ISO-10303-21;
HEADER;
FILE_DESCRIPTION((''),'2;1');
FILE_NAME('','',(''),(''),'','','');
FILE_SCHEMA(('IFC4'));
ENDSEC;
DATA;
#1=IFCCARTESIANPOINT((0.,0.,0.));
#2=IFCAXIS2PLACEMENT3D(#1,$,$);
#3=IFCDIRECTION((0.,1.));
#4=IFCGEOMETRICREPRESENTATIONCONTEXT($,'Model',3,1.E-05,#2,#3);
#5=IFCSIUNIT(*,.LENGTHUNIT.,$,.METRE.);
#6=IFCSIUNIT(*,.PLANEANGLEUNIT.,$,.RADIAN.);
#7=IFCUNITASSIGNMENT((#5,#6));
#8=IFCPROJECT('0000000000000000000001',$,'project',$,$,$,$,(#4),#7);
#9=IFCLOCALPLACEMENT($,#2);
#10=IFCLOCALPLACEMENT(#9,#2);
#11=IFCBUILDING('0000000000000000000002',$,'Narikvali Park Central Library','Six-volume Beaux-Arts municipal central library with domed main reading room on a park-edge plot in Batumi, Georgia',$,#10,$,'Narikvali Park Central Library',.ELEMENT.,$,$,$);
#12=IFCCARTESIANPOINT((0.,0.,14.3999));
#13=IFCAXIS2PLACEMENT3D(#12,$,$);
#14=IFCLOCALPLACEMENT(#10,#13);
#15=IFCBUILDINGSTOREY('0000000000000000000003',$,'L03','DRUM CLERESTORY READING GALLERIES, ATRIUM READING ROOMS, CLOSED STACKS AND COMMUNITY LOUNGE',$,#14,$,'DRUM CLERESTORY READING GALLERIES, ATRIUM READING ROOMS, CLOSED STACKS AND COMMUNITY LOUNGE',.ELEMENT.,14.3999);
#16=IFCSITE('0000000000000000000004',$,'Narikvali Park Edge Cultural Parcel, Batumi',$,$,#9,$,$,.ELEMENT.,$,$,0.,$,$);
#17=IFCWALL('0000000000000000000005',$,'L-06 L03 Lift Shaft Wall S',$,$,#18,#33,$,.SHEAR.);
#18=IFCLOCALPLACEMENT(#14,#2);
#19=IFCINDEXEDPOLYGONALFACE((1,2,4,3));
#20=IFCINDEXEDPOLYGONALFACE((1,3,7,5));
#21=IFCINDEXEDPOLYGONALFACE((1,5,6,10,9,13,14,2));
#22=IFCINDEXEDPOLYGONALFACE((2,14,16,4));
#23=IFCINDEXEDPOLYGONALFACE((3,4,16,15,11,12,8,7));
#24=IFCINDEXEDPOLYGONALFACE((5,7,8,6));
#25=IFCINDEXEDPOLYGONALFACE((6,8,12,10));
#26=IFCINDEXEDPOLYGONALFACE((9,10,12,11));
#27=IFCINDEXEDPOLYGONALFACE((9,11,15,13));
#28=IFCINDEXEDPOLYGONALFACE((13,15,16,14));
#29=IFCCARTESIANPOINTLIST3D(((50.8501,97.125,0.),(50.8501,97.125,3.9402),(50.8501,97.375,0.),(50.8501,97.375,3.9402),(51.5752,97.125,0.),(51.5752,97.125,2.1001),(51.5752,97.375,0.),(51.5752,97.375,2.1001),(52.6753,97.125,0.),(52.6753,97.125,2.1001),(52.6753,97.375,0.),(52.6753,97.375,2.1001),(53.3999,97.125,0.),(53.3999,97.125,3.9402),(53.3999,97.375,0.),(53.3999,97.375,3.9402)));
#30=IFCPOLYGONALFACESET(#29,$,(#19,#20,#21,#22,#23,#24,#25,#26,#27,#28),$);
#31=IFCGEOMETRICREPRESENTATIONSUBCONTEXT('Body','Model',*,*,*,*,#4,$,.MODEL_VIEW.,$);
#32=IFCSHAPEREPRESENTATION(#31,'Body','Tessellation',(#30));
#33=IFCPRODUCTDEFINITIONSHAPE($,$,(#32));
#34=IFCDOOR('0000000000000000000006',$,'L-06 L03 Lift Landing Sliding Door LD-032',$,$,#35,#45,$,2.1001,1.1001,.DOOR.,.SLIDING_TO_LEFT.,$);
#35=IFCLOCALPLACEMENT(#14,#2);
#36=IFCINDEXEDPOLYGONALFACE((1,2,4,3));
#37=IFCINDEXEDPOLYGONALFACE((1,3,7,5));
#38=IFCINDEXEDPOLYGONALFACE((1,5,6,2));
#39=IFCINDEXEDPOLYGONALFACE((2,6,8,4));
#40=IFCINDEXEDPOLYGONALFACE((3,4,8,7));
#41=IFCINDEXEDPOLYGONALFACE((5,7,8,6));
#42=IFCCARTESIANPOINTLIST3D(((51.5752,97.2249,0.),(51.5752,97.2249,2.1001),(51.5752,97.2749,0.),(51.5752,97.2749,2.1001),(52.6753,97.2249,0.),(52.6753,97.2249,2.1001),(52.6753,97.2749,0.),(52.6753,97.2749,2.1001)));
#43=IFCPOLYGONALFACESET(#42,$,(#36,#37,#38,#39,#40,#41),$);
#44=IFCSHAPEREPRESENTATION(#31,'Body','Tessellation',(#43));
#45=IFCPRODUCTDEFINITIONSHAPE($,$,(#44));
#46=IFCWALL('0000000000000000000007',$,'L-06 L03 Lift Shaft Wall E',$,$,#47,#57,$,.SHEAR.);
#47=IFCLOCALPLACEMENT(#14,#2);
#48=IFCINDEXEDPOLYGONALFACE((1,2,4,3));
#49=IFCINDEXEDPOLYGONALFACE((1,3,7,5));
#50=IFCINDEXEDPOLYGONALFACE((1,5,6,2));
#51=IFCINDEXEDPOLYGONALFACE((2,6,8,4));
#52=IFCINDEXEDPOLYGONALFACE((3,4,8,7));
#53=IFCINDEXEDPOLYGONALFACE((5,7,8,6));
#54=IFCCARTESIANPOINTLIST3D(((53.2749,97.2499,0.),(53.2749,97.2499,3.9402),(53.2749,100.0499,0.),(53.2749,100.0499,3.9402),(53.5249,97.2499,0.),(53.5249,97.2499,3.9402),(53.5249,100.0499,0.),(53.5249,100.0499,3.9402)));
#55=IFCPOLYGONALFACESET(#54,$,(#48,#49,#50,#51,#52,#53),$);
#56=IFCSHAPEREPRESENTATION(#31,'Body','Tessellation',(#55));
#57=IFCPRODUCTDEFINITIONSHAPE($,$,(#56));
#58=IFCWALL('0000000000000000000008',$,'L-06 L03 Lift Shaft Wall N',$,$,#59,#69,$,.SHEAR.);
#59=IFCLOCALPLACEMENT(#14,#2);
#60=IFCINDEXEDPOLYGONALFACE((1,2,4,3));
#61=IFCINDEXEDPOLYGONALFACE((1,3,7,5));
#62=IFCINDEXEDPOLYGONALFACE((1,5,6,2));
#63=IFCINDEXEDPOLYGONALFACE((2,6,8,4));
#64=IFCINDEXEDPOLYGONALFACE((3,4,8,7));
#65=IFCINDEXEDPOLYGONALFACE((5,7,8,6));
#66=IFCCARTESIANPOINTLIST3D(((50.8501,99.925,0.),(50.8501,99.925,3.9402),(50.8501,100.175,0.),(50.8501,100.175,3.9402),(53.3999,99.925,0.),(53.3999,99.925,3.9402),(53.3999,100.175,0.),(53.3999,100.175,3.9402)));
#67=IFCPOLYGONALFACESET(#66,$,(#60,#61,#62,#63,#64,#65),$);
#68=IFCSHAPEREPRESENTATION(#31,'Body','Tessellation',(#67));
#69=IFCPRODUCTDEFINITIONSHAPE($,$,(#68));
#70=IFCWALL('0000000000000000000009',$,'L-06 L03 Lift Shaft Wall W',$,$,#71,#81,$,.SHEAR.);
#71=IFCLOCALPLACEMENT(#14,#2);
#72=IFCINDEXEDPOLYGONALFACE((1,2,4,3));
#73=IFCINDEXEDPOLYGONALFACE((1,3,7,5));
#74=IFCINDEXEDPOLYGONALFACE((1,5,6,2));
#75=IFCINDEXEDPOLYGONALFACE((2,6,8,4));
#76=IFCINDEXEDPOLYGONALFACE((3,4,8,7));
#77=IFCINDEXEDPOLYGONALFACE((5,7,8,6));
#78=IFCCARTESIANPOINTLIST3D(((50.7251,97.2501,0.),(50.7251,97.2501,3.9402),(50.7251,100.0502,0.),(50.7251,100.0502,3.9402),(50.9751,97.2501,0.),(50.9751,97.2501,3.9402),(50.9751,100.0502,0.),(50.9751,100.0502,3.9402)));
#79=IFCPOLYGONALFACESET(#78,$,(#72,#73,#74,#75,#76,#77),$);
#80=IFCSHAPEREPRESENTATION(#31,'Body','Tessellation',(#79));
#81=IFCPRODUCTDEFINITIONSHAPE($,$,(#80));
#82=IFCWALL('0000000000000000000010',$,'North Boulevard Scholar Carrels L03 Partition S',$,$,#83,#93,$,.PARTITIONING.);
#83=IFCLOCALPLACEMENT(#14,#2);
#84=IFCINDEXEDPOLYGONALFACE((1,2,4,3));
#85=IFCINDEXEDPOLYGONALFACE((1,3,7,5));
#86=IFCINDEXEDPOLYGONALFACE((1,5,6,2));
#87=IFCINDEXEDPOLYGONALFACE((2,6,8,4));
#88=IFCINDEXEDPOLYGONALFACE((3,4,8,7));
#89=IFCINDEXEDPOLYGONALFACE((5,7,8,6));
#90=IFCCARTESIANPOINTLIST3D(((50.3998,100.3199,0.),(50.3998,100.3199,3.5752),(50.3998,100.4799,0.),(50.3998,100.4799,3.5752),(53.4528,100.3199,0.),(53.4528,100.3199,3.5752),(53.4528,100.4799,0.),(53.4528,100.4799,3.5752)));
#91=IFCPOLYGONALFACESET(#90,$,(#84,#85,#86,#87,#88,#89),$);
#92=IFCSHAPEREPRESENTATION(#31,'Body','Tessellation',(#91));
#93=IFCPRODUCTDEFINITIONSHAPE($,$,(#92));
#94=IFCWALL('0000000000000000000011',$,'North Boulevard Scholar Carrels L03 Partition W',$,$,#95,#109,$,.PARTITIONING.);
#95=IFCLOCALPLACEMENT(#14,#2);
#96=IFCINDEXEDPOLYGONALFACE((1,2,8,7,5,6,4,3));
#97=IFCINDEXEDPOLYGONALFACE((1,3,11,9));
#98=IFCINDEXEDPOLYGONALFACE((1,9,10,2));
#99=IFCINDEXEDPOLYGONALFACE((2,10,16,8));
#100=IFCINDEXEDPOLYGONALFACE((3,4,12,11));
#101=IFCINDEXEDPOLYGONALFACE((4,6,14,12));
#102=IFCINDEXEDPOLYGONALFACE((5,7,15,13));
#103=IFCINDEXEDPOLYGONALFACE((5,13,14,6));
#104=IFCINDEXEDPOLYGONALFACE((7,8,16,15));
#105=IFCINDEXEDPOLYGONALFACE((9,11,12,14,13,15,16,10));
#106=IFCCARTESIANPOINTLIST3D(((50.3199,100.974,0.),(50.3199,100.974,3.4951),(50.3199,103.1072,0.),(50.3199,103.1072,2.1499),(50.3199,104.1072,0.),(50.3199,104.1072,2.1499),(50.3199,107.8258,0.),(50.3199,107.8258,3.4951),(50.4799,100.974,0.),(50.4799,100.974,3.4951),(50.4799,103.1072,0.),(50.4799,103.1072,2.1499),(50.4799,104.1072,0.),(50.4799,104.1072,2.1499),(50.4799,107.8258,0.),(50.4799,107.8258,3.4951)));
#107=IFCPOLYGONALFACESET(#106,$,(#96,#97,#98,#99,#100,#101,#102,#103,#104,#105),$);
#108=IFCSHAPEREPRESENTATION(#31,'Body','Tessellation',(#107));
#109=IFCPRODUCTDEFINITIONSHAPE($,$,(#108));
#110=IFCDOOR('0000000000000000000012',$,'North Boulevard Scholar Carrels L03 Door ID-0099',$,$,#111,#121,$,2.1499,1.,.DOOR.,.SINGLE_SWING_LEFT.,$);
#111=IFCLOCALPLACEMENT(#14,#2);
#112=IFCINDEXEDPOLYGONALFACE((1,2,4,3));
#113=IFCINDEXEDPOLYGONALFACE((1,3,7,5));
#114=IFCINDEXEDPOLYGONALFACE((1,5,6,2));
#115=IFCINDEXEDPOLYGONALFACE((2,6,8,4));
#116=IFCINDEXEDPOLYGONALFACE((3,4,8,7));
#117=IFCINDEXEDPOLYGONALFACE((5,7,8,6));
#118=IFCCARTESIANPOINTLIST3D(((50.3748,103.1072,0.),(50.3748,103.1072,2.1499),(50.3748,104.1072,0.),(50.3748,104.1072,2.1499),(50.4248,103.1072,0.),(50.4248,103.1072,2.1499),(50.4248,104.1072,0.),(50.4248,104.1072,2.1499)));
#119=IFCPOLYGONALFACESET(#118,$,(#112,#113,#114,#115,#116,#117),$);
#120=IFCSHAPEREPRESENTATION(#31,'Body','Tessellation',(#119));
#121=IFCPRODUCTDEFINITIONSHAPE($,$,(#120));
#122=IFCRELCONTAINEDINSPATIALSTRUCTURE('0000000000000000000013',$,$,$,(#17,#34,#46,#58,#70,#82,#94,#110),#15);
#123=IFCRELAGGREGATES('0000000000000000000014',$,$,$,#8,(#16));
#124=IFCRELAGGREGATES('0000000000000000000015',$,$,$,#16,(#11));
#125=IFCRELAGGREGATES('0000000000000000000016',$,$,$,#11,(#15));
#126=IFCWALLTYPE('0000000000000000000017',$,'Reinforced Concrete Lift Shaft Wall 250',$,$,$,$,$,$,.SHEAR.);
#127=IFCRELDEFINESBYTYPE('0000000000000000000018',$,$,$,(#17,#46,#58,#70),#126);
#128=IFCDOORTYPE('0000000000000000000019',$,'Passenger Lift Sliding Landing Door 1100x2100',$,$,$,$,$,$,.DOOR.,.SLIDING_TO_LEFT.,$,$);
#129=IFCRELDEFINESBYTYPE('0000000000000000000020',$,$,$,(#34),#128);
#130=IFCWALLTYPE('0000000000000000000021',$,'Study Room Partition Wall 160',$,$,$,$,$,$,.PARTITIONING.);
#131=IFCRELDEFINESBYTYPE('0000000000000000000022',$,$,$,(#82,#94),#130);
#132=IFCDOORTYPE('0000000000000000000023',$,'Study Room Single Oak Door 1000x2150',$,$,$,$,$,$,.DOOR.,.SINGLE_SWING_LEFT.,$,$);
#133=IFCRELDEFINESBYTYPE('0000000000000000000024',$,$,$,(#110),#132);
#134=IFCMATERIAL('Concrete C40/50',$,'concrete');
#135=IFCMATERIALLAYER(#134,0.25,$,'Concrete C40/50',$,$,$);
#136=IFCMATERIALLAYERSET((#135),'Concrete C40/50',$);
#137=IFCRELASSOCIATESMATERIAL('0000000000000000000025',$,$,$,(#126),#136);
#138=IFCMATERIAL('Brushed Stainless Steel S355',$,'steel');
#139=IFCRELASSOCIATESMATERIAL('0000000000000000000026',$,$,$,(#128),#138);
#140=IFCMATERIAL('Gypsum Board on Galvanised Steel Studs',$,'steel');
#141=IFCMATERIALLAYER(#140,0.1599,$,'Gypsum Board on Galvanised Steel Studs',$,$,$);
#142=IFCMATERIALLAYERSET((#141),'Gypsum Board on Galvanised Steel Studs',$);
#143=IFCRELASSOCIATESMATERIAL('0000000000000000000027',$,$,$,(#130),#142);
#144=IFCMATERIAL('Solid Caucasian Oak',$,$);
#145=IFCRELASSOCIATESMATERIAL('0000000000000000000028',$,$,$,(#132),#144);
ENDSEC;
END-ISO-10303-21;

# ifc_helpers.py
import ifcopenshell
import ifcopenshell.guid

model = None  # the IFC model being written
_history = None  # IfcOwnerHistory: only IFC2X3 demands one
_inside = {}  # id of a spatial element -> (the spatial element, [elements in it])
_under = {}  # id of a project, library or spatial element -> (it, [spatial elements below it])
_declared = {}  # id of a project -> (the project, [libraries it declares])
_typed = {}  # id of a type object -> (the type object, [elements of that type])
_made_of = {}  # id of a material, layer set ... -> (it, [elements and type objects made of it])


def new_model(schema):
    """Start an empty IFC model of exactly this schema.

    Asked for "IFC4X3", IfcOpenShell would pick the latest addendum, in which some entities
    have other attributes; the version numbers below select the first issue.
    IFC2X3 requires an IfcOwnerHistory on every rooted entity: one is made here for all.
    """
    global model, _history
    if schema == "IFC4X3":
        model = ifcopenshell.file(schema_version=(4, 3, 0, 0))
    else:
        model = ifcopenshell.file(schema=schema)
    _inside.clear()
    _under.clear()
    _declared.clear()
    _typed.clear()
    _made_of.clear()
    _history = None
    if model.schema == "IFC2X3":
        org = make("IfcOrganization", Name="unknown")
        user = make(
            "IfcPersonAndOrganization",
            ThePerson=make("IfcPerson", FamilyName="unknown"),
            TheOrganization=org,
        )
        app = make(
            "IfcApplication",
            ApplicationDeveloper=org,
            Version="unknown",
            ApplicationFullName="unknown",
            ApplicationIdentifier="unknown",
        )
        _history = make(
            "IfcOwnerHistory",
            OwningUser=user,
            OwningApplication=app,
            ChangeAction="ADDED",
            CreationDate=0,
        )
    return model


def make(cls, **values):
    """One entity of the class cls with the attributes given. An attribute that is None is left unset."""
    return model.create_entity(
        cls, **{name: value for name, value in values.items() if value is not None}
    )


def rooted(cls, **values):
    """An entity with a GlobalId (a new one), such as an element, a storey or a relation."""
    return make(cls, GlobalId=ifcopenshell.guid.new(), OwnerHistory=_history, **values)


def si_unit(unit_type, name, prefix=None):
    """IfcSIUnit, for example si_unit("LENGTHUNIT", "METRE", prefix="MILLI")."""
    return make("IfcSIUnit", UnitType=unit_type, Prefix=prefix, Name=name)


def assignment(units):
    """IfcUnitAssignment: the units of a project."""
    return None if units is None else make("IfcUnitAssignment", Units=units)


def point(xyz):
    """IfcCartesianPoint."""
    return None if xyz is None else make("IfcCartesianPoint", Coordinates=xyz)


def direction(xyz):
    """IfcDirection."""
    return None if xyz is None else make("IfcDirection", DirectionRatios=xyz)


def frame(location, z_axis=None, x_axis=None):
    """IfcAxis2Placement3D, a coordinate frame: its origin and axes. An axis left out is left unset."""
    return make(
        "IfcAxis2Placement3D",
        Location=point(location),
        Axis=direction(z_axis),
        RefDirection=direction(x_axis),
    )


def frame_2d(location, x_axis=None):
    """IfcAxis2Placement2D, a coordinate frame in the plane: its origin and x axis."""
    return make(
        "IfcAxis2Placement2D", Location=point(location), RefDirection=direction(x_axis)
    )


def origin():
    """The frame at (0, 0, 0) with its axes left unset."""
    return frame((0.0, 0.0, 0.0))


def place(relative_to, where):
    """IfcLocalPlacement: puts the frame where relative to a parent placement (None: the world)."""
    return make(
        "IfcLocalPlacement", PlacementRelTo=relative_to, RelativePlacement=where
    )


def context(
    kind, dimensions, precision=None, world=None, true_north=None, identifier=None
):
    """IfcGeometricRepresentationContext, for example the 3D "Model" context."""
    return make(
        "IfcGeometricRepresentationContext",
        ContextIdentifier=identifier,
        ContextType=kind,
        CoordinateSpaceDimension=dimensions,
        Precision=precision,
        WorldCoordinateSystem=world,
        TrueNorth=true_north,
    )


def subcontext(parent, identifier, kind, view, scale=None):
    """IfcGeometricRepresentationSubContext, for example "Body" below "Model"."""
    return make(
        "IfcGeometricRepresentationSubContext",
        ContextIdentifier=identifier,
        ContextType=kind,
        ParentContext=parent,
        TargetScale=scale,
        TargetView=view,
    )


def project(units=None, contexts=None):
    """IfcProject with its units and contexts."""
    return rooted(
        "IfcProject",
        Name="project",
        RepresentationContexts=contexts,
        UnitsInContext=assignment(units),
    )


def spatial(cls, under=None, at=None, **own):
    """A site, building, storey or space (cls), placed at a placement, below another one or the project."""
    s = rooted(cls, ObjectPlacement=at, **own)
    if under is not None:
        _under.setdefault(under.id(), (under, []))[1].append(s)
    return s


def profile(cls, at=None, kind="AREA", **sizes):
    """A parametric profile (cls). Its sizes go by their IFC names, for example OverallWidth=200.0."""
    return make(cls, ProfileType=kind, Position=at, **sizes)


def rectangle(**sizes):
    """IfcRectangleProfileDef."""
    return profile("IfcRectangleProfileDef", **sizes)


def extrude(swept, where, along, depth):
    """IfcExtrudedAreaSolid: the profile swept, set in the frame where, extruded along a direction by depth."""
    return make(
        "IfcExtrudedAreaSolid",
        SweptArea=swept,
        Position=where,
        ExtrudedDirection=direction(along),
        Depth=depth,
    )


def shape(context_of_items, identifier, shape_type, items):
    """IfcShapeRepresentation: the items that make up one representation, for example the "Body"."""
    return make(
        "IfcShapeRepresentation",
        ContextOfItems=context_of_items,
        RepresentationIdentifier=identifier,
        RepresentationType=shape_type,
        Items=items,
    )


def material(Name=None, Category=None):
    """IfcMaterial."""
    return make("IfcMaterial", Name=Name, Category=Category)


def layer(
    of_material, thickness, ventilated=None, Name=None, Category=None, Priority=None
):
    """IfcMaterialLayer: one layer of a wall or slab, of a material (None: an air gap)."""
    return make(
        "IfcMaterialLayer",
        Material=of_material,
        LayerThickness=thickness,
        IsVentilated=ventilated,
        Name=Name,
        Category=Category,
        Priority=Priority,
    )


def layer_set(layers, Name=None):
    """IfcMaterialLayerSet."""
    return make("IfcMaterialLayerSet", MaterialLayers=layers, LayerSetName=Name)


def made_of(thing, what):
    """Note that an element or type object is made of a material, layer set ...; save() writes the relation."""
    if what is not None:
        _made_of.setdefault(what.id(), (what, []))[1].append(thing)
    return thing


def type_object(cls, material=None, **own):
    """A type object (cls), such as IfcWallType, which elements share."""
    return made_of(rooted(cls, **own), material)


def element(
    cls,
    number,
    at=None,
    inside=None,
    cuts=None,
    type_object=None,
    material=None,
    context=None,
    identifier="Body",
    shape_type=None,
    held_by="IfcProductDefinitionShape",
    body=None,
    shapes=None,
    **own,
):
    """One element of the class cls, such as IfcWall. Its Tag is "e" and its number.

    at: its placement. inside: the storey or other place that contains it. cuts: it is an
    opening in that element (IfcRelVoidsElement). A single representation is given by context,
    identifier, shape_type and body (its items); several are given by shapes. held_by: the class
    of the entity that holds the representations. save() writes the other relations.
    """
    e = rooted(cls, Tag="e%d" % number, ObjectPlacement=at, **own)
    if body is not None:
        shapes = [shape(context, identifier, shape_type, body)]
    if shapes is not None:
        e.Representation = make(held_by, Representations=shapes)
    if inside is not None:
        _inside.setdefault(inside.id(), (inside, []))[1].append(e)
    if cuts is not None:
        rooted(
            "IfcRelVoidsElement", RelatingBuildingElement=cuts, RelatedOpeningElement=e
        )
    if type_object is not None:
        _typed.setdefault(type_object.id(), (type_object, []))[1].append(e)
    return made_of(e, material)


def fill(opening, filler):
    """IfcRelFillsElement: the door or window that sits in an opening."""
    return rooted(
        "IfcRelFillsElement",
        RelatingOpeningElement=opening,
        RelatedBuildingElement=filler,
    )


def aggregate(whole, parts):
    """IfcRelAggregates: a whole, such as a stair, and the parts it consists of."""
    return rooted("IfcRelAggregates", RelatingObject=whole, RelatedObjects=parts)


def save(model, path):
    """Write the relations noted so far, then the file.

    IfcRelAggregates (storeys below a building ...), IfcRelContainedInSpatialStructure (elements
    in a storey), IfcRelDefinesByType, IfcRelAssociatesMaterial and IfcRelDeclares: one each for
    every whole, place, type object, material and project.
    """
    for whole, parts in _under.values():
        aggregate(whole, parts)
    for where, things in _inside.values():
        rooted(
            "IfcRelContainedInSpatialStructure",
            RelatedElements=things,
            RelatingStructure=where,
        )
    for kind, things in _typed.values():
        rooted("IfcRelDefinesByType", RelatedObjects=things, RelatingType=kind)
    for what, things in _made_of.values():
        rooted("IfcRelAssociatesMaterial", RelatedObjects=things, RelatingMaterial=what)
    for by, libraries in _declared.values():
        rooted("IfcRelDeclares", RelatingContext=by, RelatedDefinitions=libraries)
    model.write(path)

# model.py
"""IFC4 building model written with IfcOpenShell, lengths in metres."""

from ifc_helpers import new_model, si_unit, direction, frame, frame_2d, origin, place, context, subcontext, project, spatial, rectangle, extrude, material, layer, layer_set, type_object, element, fill, save


model = new_model("IFC4")

# Units and contexts
model_context = context("Model", 3, precision=1e-05, world=origin(), true_north=direction((0.0, 1.0)))
body_context = subcontext(model_context, "Body", "Model", "MODEL_VIEW")
ifc_project = project(units=[si_unit("LENGTHUNIT", "METRE"), si_unit("PLANEANGLEUNIT", "RADIAN")], contexts=[model_context])

# Site, building, storey
site_placement = place(None, origin())
site = spatial("IfcSite", under=ifc_project, at=site_placement, Name="Narikvali Park Edge Cultural Parcel, Batumi", CompositionType="ELEMENT", RefElevation=0.0)
building_placement = place(site_placement, origin())
building = spatial("IfcBuilding", under=site, at=building_placement, Name="Narikvali Park Central Library", Description="Six-volume Beaux-Arts municipal central library with domed main reading room on a park-edge plot in Batumi, Georgia", LongName="Narikvali Park Central Library", CompositionType="ELEMENT")
storey_placement = place(building_placement, frame((0.0, 0.0, 14.3999)))
storey = spatial("IfcBuildingStorey", under=building, at=storey_placement, Name="L03", Description="DRUM CLERESTORY READING GALLERIES, ATRIUM READING ROOMS, CLOSED STACKS AND COMMUNITY LOUNGE", LongName="DRUM CLERESTORY READING GALLERIES, ATRIUM READING ROOMS, CLOSED STACKS AND COMMUNITY LOUNGE", CompositionType="ELEMENT", Elevation=14.3999)

# Shared definitions
ifc_material_1 = material(Name="Concrete C40/50", Category="concrete")

# Wall, opening, door
ifc_layer_1 = layer(ifc_material_1, 0.25, Name="Concrete C40/50")
ifc_layer_set_1 = layer_set([ifc_layer_1], Name="Concrete C40/50")
wall_type_1 = type_object("IfcWallType", Name="Reinforced Concrete Lift Shaft Wall 250", PredefinedType="SHEAR", material=ifc_layer_set_1)
wall_1_placement = place(storey_placement, frame((50.8501, 97.25, 0.0), z_axis=(0.0, 0.0, 1.0), x_axis=(1.0, 0.0, 0.0)))
wall_1 = element("IfcWall", 1, at=wall_1_placement, inside=storey, type_object=wall_type_1, Name="L-06 L03 Lift Shaft Wall S", PredefinedType="SHEAR", context=body_context, shape_type="SweptSolid", body=[
    extrude(rectangle(XDim=2.5498, YDim=0.25, at=frame_2d((1.2749, 0.0))), origin(), (0.0, 0.0, 1.0), 3.9402),
])
opening_1_placement = place(wall_1_placement, frame((0.7251, 0.0, 0.0)))
opening_1 = element("IfcOpeningElement", 2, at=opening_1_placement, cuts=wall_1, PredefinedType="OPENING", context=body_context, shape_type="SweptSolid", body=[
    extrude(rectangle(XDim=1.1001, YDim=2.1001, at=frame_2d((0.55, 1.05))), frame((0.0, 0.137, 0.0), z_axis=(0.0, -1.0, 0.0), x_axis=(1.0, 0.0, 0.0)), (0.0, 0.0, 1.0), 0.2739),
])
ifc_material_2 = material(Name="Brushed Stainless Steel S355", Category="steel")
door_type_1 = type_object("IfcDoorType", Name="Passenger Lift Sliding Landing Door 1100x2100", OperationType="SLIDING_TO_LEFT", PredefinedType="DOOR", material=ifc_material_2)
door_1_placement = place(opening_1_placement, origin())
door_1 = element("IfcDoor", 3, at=door_1_placement, inside=storey, type_object=door_type_1, Name="L-06 L03 Lift Landing Sliding Door LD-032", OperationType="SLIDING_TO_LEFT", OverallHeight=2.1001, OverallWidth=1.1001, PredefinedType="DOOR", context=body_context, shape_type="SweptSolid", body=[
    extrude(rectangle(XDim=1.1001, YDim=2.1001, at=frame_2d((0.55, 1.05))), frame((0.0, 0.0249, 0.0), z_axis=(0.0, -1.0, 0.0), x_axis=(1.0, 0.0, 0.0)), (0.0, 0.0, 1.0), 0.05),
])
fill(opening_1, door_1)

# Walls
wall_2_placement = place(storey_placement, frame((53.3999, 97.25, 0.0), z_axis=(0.0, 0.0, 1.0), x_axis=(0.0, 1.0, 0.0)))
element("IfcWall", 4, at=wall_2_placement, inside=storey, type_object=wall_type_1, Name="L-06 L03 Lift Shaft Wall E", PredefinedType="SHEAR", context=body_context, shape_type="SweptSolid", body=[
    extrude(rectangle(XDim=2.8, YDim=0.25, at=frame_2d((1.3999, 0.0))), origin(), (0.0, 0.0, 1.0), 3.9402),
])
wall_3_placement = place(storey_placement, frame((53.3999, 100.05, 0.0), z_axis=(0.0, 0.0, 1.0), x_axis=(-1.0, 0.0, 0.0)))
element("IfcWall", 5, at=wall_3_placement, inside=storey, type_object=wall_type_1, Name="L-06 L03 Lift Shaft Wall N", PredefinedType="SHEAR", context=body_context, shape_type="SweptSolid", body=[
    extrude(rectangle(XDim=2.5498, YDim=0.25, at=frame_2d((1.2749, 0.0))), origin(), (0.0, 0.0, 1.0), 3.9402),
])
wall_4_placement = place(storey_placement, frame((50.8501, 100.05, 0.0), z_axis=(0.0, 0.0, 1.0), x_axis=(0.0, -1.0, 0.0)))
element("IfcWall", 6, at=wall_4_placement, inside=storey, type_object=wall_type_1, Name="L-06 L03 Lift Shaft Wall W", PredefinedType="SHEAR", context=body_context, shape_type="SweptSolid", body=[
    extrude(rectangle(XDim=2.8, YDim=0.25, at=frame_2d((1.3999, 0.0))), origin(), (0.0, 0.0, 1.0), 3.9402),
])
ifc_material_3 = material(Name="Gypsum Board on Galvanised Steel Studs", Category="steel")
ifc_layer_2 = layer(ifc_material_3, 0.1599, Name="Gypsum Board on Galvanised Steel Studs")
ifc_layer_set_2 = layer_set([ifc_layer_2], Name="Gypsum Board on Galvanised Steel Studs")
wall_type_2 = type_object("IfcWallType", Name="Study Room Partition Wall 160", PredefinedType="PARTITIONING", material=ifc_layer_set_2)
wall_5_placement = place(storey_placement, frame((50.3999, 100.3999, 0.0), z_axis=(0.0, 0.0, 1.0), x_axis=(1.0, 0.0, 0.0)))
element("IfcWall", 7, at=wall_5_placement, inside=storey, type_object=wall_type_2, Name="North Boulevard Scholar Carrels L03 Partition S", PredefinedType="PARTITIONING", context=body_context, shape_type="SweptSolid", body=[
    extrude(rectangle(XDim=3.053, YDim=0.1599, at=frame_2d((1.5264, 0.0))), origin(), (0.0, 0.0, 1.0), 3.5752),
])

# Wall, opening, door
wall_6_placement = place(storey_placement, frame((50.3999, 100.9741, 0.0), z_axis=(0.0, 0.0, 1.0), x_axis=(0.0, 1.0, 0.0)))
wall_6 = element("IfcWall", 8, at=wall_6_placement, inside=storey, type_object=wall_type_2, Name="North Boulevard Scholar Carrels L03 Partition W", PredefinedType="PARTITIONING", context=body_context, shape_type="SweptSolid", body=[
    extrude(rectangle(XDim=6.8518, YDim=0.1599, at=frame_2d((3.4258, 0.0))), origin(), (0.0, 0.0, 1.0), 3.4951),
])
opening_2_placement = place(wall_6_placement, frame((2.1331, 0.0, 0.0)))
opening_2 = element("IfcOpeningElement", 9, at=opening_2_placement, cuts=wall_6, PredefinedType="OPENING", context=body_context, shape_type="SweptSolid", body=[
    extrude(rectangle(XDim=1.0, YDim=2.1499, at=frame_2d((0.5, 1.075))), frame((0.0, 0.0918, 0.0), z_axis=(0.0, -1.0, 0.0), x_axis=(1.0, 0.0, 0.0)), (0.0, 0.0, 1.0), 0.1838),
])
ifc_material_4 = material(Name="Solid Caucasian Oak")
door_type_2 = type_object("IfcDoorType", Name="Study Room Single Oak Door 1000x2150", OperationType="SINGLE_SWING_LEFT", PredefinedType="DOOR", material=ifc_material_4)
door_2_placement = place(opening_2_placement, frame((1.0, 0.0, 0.0), z_axis=(0.0, 0.0, 1.0), x_axis=(-1.0, 0.0, 0.0)))
door_2 = element("IfcDoor", 10, at=door_2_placement, inside=storey, type_object=door_type_2, Name="North Boulevard Scholar Carrels L03 Door ID-0099", OperationType="SINGLE_SWING_LEFT", OverallHeight=2.1499, OverallWidth=1.0, PredefinedType="DOOR", context=body_context, shape_type="SweptSolid", body=[
    extrude(rectangle(XDim=1.0, YDim=2.1499, at=frame_2d((0.5, 1.075))), frame((0.0, 0.0249, 0.0), z_axis=(0.0, -1.0, 0.0), x_axis=(1.0, 0.0, 0.0)), (0.0, 0.0, 1.0), 0.05),
])
fill(opening_2, door_2)

save(model, "model.ifc")
